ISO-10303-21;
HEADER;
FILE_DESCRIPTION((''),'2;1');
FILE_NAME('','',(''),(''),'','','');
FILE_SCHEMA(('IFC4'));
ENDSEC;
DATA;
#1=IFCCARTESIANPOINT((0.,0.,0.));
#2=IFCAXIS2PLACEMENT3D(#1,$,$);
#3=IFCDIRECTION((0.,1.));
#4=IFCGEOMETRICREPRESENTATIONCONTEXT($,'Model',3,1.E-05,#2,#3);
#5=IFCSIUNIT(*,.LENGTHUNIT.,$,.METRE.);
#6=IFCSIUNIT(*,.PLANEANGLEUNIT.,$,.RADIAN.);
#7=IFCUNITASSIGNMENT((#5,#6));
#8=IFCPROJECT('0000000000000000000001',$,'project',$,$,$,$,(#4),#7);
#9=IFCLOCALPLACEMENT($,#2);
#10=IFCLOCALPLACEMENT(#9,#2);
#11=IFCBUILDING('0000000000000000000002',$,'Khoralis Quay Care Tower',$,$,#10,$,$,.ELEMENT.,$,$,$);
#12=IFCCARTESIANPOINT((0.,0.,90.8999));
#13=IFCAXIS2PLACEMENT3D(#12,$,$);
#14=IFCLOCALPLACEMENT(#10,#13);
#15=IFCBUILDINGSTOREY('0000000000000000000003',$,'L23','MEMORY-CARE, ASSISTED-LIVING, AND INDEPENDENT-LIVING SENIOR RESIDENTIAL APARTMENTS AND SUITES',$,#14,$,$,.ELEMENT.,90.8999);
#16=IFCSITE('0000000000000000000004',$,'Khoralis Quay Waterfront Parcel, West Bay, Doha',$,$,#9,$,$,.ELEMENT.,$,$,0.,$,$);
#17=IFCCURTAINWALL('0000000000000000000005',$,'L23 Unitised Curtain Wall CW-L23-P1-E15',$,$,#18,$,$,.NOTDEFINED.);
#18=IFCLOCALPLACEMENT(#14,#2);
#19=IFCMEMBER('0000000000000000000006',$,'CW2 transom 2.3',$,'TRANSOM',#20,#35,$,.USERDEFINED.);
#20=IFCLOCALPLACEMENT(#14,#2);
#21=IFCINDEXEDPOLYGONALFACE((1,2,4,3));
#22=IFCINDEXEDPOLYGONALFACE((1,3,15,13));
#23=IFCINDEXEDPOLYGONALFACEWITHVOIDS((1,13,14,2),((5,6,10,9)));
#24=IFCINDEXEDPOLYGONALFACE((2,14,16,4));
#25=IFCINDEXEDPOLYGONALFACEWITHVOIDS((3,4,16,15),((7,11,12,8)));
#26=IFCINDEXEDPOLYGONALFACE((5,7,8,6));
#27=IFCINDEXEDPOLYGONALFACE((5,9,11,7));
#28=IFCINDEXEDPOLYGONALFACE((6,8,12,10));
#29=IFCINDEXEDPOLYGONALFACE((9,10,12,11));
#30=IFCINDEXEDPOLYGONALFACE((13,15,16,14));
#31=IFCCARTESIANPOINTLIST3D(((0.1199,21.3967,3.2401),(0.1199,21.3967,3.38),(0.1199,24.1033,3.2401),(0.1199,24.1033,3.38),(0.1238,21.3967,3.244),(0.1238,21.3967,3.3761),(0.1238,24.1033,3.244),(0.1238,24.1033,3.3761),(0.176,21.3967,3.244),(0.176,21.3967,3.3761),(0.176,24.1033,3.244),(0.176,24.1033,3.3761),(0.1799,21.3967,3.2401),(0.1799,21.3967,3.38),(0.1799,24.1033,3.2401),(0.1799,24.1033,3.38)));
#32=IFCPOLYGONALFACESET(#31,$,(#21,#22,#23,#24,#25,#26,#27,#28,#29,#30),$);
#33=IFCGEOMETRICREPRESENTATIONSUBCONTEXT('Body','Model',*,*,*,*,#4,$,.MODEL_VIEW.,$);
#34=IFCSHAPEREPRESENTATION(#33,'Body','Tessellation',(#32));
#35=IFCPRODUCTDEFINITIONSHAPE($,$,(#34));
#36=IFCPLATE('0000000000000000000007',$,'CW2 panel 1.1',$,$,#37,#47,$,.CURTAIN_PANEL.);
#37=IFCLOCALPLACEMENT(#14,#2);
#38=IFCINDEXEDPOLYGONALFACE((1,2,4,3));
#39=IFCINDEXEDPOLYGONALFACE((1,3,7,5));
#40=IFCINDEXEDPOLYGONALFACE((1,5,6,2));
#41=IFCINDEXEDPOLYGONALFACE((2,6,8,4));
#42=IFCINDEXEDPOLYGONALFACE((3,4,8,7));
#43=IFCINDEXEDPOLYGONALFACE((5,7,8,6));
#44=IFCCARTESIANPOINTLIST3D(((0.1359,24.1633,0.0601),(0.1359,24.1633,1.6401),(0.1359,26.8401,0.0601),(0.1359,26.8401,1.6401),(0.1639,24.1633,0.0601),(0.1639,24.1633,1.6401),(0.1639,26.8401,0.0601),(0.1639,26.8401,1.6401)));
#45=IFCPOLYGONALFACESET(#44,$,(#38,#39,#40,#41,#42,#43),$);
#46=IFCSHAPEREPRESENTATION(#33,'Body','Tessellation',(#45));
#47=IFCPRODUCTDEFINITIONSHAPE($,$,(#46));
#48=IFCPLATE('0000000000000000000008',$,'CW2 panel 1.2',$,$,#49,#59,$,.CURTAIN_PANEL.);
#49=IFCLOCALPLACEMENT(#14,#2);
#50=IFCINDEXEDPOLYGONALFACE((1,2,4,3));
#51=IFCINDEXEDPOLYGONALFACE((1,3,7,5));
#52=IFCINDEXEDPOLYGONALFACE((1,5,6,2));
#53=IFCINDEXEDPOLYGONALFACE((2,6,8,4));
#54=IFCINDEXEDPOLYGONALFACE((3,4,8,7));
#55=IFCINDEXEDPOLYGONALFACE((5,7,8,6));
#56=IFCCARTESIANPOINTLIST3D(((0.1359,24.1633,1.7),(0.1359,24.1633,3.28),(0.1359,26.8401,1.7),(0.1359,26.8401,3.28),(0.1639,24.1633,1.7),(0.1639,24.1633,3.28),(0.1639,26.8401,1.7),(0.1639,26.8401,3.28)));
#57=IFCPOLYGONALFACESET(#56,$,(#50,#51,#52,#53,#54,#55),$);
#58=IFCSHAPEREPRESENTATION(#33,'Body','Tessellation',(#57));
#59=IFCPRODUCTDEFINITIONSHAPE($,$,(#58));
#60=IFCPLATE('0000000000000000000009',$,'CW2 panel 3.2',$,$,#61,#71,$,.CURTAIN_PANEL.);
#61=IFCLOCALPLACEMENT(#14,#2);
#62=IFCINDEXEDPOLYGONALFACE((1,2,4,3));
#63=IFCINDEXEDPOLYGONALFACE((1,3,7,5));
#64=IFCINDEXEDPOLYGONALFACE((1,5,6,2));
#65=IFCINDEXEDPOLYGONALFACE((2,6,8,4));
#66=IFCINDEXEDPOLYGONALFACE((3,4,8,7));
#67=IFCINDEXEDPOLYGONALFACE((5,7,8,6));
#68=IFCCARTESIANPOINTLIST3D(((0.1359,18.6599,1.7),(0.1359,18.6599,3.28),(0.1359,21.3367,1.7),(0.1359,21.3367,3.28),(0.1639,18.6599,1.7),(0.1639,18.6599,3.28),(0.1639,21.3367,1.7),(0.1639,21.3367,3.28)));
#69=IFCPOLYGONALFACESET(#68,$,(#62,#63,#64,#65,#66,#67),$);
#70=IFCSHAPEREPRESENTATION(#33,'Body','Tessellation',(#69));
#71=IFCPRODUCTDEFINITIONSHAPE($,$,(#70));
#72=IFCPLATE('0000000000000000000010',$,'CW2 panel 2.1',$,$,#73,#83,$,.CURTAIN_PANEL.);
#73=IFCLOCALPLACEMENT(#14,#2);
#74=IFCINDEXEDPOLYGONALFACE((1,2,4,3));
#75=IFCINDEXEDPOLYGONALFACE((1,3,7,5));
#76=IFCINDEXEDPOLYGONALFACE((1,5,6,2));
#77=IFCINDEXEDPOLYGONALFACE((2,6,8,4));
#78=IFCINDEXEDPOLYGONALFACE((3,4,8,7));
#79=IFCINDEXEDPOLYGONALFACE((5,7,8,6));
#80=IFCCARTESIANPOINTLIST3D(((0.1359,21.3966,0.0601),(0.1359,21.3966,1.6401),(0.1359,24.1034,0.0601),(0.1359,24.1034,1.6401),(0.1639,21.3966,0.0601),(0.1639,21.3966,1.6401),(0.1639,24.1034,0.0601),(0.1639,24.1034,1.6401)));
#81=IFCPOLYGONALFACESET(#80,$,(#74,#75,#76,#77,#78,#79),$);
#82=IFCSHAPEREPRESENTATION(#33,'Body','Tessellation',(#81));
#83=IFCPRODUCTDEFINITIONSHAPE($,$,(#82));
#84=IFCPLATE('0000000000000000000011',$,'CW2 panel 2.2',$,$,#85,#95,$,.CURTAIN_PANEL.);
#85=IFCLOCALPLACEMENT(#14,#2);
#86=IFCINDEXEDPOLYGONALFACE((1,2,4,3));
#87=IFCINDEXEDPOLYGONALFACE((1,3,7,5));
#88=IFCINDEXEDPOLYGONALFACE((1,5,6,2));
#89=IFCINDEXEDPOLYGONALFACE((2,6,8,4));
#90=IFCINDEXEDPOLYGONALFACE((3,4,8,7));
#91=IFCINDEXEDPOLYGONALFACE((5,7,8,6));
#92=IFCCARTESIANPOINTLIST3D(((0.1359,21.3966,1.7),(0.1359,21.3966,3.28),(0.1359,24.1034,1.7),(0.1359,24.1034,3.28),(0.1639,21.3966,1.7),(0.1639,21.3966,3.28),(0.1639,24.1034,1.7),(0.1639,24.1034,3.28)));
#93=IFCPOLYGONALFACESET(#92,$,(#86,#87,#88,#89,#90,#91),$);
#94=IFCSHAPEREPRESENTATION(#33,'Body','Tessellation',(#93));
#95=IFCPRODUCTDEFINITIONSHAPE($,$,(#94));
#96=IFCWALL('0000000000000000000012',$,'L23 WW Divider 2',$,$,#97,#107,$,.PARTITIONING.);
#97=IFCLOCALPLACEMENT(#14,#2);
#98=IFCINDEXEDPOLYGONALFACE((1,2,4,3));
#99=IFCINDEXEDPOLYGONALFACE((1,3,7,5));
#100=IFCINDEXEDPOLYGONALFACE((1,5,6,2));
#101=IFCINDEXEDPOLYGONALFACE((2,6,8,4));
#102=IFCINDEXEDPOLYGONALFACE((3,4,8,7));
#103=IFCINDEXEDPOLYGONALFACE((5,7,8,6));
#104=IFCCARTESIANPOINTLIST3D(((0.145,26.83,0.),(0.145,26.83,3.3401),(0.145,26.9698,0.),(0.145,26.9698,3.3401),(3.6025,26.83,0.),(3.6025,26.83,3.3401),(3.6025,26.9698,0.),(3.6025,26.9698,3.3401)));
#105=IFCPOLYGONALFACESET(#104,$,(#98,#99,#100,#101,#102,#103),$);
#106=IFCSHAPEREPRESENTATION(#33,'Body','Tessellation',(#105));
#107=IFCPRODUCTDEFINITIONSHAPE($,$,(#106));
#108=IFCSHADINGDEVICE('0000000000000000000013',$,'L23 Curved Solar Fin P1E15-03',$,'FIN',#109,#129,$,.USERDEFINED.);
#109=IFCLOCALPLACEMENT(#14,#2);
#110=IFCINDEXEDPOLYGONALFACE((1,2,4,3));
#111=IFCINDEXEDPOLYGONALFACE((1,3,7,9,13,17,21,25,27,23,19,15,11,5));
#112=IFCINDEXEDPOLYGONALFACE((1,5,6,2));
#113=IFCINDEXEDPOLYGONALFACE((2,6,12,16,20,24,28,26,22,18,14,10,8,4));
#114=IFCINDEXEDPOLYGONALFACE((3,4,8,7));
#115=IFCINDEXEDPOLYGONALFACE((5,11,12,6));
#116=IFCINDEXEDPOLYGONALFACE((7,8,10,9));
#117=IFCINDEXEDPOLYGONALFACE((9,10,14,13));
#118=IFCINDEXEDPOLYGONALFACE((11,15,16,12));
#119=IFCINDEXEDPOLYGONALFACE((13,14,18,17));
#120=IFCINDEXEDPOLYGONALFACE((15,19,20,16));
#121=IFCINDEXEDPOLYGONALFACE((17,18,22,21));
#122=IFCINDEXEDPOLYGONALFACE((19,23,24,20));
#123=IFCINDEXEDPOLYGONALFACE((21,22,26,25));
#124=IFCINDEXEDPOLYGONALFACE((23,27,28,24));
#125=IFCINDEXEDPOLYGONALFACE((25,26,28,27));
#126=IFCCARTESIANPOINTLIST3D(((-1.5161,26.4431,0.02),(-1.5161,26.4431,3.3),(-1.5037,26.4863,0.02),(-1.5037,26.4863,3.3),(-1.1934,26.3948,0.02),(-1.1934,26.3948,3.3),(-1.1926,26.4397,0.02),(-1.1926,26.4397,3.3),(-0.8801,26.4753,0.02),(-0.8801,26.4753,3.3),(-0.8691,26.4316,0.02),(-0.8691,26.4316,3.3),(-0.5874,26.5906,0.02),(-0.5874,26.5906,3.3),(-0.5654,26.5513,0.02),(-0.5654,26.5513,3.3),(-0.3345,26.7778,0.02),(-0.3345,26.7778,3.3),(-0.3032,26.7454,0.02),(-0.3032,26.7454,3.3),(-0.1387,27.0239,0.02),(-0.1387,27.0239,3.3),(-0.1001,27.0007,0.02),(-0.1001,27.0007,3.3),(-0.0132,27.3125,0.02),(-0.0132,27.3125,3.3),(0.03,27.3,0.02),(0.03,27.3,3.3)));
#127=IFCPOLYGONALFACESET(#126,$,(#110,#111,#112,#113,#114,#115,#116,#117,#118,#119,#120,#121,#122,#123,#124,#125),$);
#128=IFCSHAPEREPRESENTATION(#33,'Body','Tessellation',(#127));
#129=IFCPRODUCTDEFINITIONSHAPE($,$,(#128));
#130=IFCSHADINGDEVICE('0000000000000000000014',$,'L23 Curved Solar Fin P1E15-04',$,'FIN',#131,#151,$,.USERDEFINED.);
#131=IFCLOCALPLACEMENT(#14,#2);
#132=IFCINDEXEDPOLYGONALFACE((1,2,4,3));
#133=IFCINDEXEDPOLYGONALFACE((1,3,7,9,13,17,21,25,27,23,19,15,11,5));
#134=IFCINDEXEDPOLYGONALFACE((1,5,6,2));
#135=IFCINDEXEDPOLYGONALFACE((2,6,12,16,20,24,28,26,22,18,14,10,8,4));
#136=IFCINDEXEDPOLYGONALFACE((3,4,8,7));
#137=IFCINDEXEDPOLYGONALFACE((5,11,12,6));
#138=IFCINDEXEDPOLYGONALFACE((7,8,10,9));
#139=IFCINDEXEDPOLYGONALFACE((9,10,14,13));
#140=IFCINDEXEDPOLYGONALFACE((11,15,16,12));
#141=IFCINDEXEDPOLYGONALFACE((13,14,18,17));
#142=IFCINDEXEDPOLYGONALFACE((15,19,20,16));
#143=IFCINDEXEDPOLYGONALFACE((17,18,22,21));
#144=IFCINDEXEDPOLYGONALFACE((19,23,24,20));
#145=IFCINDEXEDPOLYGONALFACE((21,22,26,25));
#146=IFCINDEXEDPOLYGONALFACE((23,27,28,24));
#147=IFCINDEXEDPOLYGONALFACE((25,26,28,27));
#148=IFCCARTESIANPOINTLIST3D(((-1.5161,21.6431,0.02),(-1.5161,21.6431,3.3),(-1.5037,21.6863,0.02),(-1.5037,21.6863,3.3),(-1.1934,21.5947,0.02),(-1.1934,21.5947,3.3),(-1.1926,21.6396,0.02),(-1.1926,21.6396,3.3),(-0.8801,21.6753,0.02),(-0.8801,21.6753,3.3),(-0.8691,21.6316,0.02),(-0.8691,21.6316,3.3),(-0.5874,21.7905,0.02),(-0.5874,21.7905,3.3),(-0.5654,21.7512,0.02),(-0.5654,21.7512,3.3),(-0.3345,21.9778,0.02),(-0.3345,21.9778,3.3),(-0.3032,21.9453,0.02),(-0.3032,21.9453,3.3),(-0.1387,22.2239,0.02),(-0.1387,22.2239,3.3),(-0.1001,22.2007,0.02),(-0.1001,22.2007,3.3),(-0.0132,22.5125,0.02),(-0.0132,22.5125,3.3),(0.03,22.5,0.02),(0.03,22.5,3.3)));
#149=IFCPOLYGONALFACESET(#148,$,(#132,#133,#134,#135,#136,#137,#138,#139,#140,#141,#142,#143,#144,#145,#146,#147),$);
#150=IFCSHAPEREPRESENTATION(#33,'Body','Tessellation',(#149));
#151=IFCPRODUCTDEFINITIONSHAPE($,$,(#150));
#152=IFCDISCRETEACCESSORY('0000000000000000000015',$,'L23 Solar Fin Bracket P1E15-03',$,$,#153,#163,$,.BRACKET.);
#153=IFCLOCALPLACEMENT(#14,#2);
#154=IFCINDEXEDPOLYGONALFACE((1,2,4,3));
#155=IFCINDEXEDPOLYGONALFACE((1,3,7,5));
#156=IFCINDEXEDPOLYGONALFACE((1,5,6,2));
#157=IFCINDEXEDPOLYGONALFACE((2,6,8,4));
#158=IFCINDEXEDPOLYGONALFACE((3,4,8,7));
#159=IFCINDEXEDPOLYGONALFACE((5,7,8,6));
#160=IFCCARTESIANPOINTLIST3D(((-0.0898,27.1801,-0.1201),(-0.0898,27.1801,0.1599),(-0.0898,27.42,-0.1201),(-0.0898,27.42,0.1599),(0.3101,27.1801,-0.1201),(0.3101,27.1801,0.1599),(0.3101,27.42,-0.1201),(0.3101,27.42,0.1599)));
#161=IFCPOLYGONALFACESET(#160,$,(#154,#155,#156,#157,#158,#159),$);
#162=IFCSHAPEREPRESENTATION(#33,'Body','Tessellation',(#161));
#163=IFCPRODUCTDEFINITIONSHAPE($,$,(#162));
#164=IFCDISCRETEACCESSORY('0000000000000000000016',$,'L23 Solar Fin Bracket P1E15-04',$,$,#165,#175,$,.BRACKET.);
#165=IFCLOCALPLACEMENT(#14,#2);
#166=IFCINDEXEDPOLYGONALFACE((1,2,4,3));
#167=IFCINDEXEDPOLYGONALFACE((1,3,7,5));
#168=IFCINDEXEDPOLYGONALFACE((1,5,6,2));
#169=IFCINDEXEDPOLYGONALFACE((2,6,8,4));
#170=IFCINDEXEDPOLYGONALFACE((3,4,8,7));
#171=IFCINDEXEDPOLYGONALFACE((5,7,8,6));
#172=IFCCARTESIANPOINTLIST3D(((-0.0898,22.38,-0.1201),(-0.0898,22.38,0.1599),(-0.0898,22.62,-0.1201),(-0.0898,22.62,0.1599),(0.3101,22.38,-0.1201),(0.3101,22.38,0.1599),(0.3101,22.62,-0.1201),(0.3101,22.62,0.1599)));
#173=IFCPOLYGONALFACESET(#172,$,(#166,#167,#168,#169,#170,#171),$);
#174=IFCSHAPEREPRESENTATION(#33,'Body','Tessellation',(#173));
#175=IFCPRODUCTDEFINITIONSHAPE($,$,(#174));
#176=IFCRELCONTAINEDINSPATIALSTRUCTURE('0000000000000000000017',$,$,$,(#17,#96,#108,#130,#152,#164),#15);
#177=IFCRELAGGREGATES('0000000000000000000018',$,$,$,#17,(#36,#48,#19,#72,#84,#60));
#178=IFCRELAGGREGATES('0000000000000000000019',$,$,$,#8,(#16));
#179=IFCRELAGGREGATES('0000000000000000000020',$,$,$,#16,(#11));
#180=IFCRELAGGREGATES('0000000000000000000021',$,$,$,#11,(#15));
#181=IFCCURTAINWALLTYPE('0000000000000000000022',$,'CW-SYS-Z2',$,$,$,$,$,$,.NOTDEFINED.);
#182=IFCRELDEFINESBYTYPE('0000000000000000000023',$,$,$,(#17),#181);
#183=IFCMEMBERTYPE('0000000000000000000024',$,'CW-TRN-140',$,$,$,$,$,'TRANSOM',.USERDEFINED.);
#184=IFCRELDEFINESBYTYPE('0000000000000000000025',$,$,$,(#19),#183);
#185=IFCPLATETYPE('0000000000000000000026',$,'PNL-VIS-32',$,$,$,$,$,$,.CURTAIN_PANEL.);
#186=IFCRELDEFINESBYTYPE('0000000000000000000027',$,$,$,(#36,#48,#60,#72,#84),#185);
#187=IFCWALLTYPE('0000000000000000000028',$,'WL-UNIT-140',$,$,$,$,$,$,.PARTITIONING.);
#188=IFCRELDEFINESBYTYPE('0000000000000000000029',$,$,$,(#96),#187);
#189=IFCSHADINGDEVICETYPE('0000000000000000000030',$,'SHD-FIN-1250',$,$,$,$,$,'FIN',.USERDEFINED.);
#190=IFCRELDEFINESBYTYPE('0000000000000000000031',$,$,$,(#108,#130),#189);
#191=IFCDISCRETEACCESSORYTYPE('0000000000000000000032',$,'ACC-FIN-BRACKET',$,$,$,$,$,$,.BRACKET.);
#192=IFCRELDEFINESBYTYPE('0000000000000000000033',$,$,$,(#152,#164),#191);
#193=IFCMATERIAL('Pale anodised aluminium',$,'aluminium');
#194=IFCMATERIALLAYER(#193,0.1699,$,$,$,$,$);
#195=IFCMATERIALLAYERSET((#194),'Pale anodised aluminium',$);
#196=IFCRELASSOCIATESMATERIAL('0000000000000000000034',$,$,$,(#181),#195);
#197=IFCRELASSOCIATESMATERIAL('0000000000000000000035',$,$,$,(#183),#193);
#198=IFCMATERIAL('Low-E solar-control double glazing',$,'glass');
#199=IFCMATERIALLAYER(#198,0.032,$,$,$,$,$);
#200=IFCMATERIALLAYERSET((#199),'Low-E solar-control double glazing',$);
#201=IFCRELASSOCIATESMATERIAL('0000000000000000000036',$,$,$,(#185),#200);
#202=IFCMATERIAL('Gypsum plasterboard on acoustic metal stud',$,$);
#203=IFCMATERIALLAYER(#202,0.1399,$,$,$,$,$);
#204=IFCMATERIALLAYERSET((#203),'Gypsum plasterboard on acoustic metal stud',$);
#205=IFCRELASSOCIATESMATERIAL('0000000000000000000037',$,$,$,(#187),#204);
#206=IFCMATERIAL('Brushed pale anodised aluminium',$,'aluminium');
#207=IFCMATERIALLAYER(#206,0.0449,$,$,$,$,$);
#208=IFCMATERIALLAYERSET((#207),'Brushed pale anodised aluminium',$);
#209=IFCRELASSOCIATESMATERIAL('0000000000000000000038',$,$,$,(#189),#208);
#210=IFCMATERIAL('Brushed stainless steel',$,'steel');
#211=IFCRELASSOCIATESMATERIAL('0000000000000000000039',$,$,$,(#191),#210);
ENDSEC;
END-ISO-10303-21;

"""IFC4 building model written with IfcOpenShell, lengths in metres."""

from ifc_helpers import new_model, si_unit, direction, frame, frame_2d, origin, origin_2d, place, context, subcontext, project, spatial, polyline, rectangle, hollow_rectangle, outline, extrude, source, transform, mapped, material, layer, layer_set, material_profile, profile_set, type_object, element, aggregate, save


model = new_model("IFC4")

# Units and contexts
model_context = context("Model", 3, precision=1e-05, world=origin(), true_north=direction((0.0, 1.0)))
body_context = subcontext(model_context, "Body", "Model", "MODEL_VIEW")
ifc_project = project(units=[si_unit("LENGTHUNIT", "METRE"), si_unit("PLANEANGLEUNIT", "RADIAN")], contexts=[model_context])

# Site, building, storey
site_placement = place(None, origin())
site = spatial("IfcSite", under=ifc_project, at=site_placement, Name="Khoralis Quay Waterfront Parcel, West Bay, Doha", CompositionType="ELEMENT", RefElevation=0.0)
building_placement = place(site_placement, origin())
building = spatial("IfcBuilding", under=site, at=building_placement, Name="Khoralis Quay Care Tower", CompositionType="ELEMENT")
storey_placement = place(building_placement, frame((0.0, 0.0, 90.8999)))
storey = spatial("IfcBuildingStorey", under=building, at=storey_placement, Name="L23", Description="MEMORY-CARE, ASSISTED-LIVING, AND INDEPENDENT-LIVING SENIOR RESIDENTIAL APARTMENTS AND SUITES", CompositionType="ELEMENT", Elevation=90.8999)

# Curtain wall, member, plates
ifc_material_1 = material(Name="Pale anodised aluminium", Category="aluminium")
ifc_layer_1 = layer(ifc_material_1, 0.1699)
ifc_layer_set_1 = layer_set([ifc_layer_1], Name="Pale anodised aluminium")
curtain_wall_type = type_object("IfcCurtainWallType", Name="CW-SYS-Z2", PredefinedType="NOTDEFINED", material=ifc_layer_set_1)
curtain_wall_placement = place(storey_placement, origin())
curtain_wall = element("IfcCurtainWall", 1, at=curtain_wall_placement, inside=storey, type_object=curtain_wall_type, Name="L23 Unitised Curtain Wall CW-L23-P1-E15", PredefinedType="NOTDEFINED")
ifc_material_profile_1 = material_profile(ifc_material_1, hollow_rectangle(XDim=0.0601, YDim=0.1399, WallThickness=0.0039, at=origin_2d()), Name="Pale anodised aluminium")
ifc_profile_set_1 = profile_set([ifc_material_profile_1], Name="Pale anodised aluminium")
member_type_1 = type_object("IfcMemberType", Name="CW-TRN-140", ElementType="TRANSOM", PredefinedType="USERDEFINED", material=ifc_profile_set_1)
shared_shape_1 = source(origin(), body_context, "Body", "SweptSolid", [
    extrude(hollow_rectangle(XDim=0.0601, YDim=0.1399, WallThickness=0.0039, at=origin_2d()), origin(), (0.0, 0.0, 1.0), 2.7065),
])
member_1_placement = place(storey_placement, frame((0.1499, 24.1033, 3.3101), z_axis=(0.0, -1.0, 0.0), x_axis=(1.0, 0.0, 0.0)))
member_1 = element("IfcMember", 2, at=member_1_placement, type_object=member_type_1, Name="CW2 transom 2.3", ObjectType="TRANSOM", PredefinedType="USERDEFINED", context=body_context, shape_type="MappedRepresentation", body=[
    mapped(shared_shape_1, transform((0.0, 0.0, 0.0), scale=1.0)),
])
ifc_material_2 = material(Name="Low-E solar-control double glazing", Category="glass")
ifc_layer_2 = layer(ifc_material_2, 0.032)
ifc_layer_set_2 = layer_set([ifc_layer_2], Name="Low-E solar-control double glazing")
plate_type = type_object("IfcPlateType", Name="PNL-VIS-32", PredefinedType="CURTAIN_PANEL", material=ifc_layer_set_2)
shared_shape_2 = source(origin(), body_context, "Body", "SweptSolid", [
    extrude(rectangle(XDim=2.6768, YDim=0.0281, at=origin_2d()), origin(), (0.0, 0.0, 1.0), 1.5801),
])
plate_1_placement = place(storey_placement, frame((0.1499, 25.5017, 0.0601), z_axis=(0.0, 0.0, 1.0), x_axis=(0.0, -1.0, 0.0)))
plate_1 = element("IfcPlate", 3, at=plate_1_placement, type_object=plate_type, Name="CW2 panel 1.1", PredefinedType="CURTAIN_PANEL", context=body_context, shape_type="MappedRepresentation", body=[
    mapped(shared_shape_2, transform((0.0, 0.0, 0.0), scale=1.0)),
])
plate_2_placement = place(storey_placement, frame((0.1499, 25.5017, 1.7), z_axis=(0.0, 0.0, 1.0), x_axis=(0.0, -1.0, 0.0)))
plate_2 = element("IfcPlate", 4, at=plate_2_placement, type_object=plate_type, Name="CW2 panel 1.2", PredefinedType="CURTAIN_PANEL", context=body_context, shape_type="MappedRepresentation", body=[
    mapped(shared_shape_2, transform((0.0, 0.0, 0.0), scale=1.0)),
])
plate_3_placement = place(storey_placement, frame((0.1499, 19.9983, 1.7), z_axis=(0.0, 0.0, 1.0), x_axis=(0.0, -1.0, 0.0)))
plate_3 = element("IfcPlate", 5, at=plate_3_placement, type_object=plate_type, Name="CW2 panel 3.2", PredefinedType="CURTAIN_PANEL", context=body_context, shape_type="MappedRepresentation", body=[
    mapped(shared_shape_2, transform((0.0, 0.0, 0.0), scale=1.0)),
])
shared_shape_3 = source(origin(), body_context, "Body", "SweptSolid", [
    extrude(rectangle(XDim=2.7068, YDim=0.0281, at=origin_2d()), origin(), (0.0, 0.0, 1.0), 1.5801),
])
plate_4_placement = place(storey_placement, frame((0.1499, 22.75, 0.0601), z_axis=(0.0, 0.0, 1.0), x_axis=(0.0, -1.0, 0.0)))
plate_4 = element("IfcPlate", 6, at=plate_4_placement, type_object=plate_type, Name="CW2 panel 2.1", PredefinedType="CURTAIN_PANEL", context=body_context, shape_type="MappedRepresentation", body=[
    mapped(shared_shape_3, transform((0.0, 0.0, 0.0), scale=1.0)),
])
plate_5_placement = place(storey_placement, frame((0.1499, 22.75, 1.7), z_axis=(0.0, 0.0, 1.0), x_axis=(0.0, -1.0, 0.0)))
plate_5 = element("IfcPlate", 7, at=plate_5_placement, type_object=plate_type, Name="CW2 panel 2.2", PredefinedType="CURTAIN_PANEL", context=body_context, shape_type="MappedRepresentation", body=[
    mapped(shared_shape_3, transform((0.0, 0.0, 0.0), scale=1.0)),
])
aggregate(curtain_wall, [plate_1, plate_2, member_1, plate_4, plate_5, plate_3])

# Wall
ifc_material_3 = material(Name="Gypsum plasterboard on acoustic metal stud")
ifc_layer_3 = layer(ifc_material_3, 0.1399)
ifc_layer_set_3 = layer_set([ifc_layer_3], Name="Gypsum plasterboard on acoustic metal stud")
wall_type = type_object("IfcWallType", Name="WL-UNIT-140", PredefinedType="PARTITIONING", material=ifc_layer_set_3)
wall_placement = place(storey_placement, frame((0.145, 26.8999, 0.0), z_axis=(0.0, 0.0, 1.0), x_axis=(1.0, 0.0, 0.0)))
element("IfcWall", 8, at=wall_placement, inside=storey, type_object=wall_type, Name="L23 WW Divider 2", PredefinedType="PARTITIONING", context=body_context, shape_type="SweptSolid", body=[
    extrude(rectangle(XDim=3.4575, YDim=0.1399, at=frame_2d((1.7288, 0.0))), origin(), (0.0, 0.0, 1.0), 3.3401),
])

# Shading devices
ifc_material_4 = material(Name="Brushed pale anodised aluminium", Category="aluminium")
ifc_layer_4 = layer(ifc_material_4, 0.0449)
ifc_layer_set_4 = layer_set([ifc_layer_4], Name="Brushed pale anodised aluminium")
shading_device_type = type_object("IfcShadingDeviceType", Name="SHD-FIN-1250", ElementType="FIN", PredefinedType="USERDEFINED", material=ifc_layer_set_4)
shared_shape_4 = source(origin(), body_context, "Body", "SweptSolid", [
    extrude(outline(polyline([(0.0, 0.0), (0.1301, 0.2993), (0.3333, 0.5547), (0.5955, 0.7488), (0.8992, 0.8684), (1.2234, 0.9053), (1.5461, 0.8569), (1.5337, 0.8137), (1.2227, 0.8604), (0.9102, 0.8247), (0.6174, 0.7095), (0.3645, 0.5222), (0.1687, 0.2761), (0.0432, -0.0125), (0.0, 0.0)])), origin(), (0.0, 0.0, 1.0), 3.28),
])
for number, where, z_axis, x_axis, name in (
    (9, (0.03, 27.3, 0.02), (0.0, 0.0, 1.0), (-1.0, 0.0, 0.0), "L23 Curved Solar Fin P1E15-03"),
    (10, (0.03, 22.5, 0.02), (0.0, 0.0, 1.0), (-1.0, 0.0, 0.0), "L23 Curved Solar Fin P1E15-04"),
):
    element("IfcShadingDevice", number, at=place(storey_placement, frame(where, z_axis=z_axis, x_axis=x_axis)), inside=storey, type_object=shading_device_type, Name=name, ObjectType="FIN", PredefinedType="USERDEFINED", context=body_context, shape_type="MappedRepresentation", body=[
        mapped(shared_shape_4, transform((0.0, 0.0, 0.0), scale=1.0)),
    ])

# Discrete accessories
ifc_material_5 = material(Name="Brushed stainless steel", Category="steel")
discrete_accessory_type = type_object("IfcDiscreteAccessoryType", Name="ACC-FIN-BRACKET", PredefinedType="BRACKET", material=ifc_material_5)
shared_shape_5 = source(origin(), body_context, "Body", "SweptSolid", [
    extrude(rectangle(XDim=0.3999, YDim=0.24, at=origin_2d()), origin(), (0.0, 0.0, 1.0), 0.28),
])
for number, where, z_axis, x_axis, name in (
    (11, (0.1101, 27.3, -0.1201), (0.0, 0.0, 1.0), (-1.0, 0.0, 0.0), "L23 Solar Fin Bracket P1E15-03"),
    (12, (0.1101, 22.5, -0.1201), (0.0, 0.0, 1.0), (-1.0, 0.0, 0.0), "L23 Solar Fin Bracket P1E15-04"),
):
    element("IfcDiscreteAccessory", number, at=place(storey_placement, frame(where, z_axis=z_axis, x_axis=x_axis)), inside=storey, type_object=discrete_accessory_type, Name=name, PredefinedType="BRACKET", context=body_context, shape_type="MappedRepresentation", body=[
        mapped(shared_shape_5, transform((0.0, 0.0, 0.0), scale=1.0)),
    ])

save(model, "model.ifc")
